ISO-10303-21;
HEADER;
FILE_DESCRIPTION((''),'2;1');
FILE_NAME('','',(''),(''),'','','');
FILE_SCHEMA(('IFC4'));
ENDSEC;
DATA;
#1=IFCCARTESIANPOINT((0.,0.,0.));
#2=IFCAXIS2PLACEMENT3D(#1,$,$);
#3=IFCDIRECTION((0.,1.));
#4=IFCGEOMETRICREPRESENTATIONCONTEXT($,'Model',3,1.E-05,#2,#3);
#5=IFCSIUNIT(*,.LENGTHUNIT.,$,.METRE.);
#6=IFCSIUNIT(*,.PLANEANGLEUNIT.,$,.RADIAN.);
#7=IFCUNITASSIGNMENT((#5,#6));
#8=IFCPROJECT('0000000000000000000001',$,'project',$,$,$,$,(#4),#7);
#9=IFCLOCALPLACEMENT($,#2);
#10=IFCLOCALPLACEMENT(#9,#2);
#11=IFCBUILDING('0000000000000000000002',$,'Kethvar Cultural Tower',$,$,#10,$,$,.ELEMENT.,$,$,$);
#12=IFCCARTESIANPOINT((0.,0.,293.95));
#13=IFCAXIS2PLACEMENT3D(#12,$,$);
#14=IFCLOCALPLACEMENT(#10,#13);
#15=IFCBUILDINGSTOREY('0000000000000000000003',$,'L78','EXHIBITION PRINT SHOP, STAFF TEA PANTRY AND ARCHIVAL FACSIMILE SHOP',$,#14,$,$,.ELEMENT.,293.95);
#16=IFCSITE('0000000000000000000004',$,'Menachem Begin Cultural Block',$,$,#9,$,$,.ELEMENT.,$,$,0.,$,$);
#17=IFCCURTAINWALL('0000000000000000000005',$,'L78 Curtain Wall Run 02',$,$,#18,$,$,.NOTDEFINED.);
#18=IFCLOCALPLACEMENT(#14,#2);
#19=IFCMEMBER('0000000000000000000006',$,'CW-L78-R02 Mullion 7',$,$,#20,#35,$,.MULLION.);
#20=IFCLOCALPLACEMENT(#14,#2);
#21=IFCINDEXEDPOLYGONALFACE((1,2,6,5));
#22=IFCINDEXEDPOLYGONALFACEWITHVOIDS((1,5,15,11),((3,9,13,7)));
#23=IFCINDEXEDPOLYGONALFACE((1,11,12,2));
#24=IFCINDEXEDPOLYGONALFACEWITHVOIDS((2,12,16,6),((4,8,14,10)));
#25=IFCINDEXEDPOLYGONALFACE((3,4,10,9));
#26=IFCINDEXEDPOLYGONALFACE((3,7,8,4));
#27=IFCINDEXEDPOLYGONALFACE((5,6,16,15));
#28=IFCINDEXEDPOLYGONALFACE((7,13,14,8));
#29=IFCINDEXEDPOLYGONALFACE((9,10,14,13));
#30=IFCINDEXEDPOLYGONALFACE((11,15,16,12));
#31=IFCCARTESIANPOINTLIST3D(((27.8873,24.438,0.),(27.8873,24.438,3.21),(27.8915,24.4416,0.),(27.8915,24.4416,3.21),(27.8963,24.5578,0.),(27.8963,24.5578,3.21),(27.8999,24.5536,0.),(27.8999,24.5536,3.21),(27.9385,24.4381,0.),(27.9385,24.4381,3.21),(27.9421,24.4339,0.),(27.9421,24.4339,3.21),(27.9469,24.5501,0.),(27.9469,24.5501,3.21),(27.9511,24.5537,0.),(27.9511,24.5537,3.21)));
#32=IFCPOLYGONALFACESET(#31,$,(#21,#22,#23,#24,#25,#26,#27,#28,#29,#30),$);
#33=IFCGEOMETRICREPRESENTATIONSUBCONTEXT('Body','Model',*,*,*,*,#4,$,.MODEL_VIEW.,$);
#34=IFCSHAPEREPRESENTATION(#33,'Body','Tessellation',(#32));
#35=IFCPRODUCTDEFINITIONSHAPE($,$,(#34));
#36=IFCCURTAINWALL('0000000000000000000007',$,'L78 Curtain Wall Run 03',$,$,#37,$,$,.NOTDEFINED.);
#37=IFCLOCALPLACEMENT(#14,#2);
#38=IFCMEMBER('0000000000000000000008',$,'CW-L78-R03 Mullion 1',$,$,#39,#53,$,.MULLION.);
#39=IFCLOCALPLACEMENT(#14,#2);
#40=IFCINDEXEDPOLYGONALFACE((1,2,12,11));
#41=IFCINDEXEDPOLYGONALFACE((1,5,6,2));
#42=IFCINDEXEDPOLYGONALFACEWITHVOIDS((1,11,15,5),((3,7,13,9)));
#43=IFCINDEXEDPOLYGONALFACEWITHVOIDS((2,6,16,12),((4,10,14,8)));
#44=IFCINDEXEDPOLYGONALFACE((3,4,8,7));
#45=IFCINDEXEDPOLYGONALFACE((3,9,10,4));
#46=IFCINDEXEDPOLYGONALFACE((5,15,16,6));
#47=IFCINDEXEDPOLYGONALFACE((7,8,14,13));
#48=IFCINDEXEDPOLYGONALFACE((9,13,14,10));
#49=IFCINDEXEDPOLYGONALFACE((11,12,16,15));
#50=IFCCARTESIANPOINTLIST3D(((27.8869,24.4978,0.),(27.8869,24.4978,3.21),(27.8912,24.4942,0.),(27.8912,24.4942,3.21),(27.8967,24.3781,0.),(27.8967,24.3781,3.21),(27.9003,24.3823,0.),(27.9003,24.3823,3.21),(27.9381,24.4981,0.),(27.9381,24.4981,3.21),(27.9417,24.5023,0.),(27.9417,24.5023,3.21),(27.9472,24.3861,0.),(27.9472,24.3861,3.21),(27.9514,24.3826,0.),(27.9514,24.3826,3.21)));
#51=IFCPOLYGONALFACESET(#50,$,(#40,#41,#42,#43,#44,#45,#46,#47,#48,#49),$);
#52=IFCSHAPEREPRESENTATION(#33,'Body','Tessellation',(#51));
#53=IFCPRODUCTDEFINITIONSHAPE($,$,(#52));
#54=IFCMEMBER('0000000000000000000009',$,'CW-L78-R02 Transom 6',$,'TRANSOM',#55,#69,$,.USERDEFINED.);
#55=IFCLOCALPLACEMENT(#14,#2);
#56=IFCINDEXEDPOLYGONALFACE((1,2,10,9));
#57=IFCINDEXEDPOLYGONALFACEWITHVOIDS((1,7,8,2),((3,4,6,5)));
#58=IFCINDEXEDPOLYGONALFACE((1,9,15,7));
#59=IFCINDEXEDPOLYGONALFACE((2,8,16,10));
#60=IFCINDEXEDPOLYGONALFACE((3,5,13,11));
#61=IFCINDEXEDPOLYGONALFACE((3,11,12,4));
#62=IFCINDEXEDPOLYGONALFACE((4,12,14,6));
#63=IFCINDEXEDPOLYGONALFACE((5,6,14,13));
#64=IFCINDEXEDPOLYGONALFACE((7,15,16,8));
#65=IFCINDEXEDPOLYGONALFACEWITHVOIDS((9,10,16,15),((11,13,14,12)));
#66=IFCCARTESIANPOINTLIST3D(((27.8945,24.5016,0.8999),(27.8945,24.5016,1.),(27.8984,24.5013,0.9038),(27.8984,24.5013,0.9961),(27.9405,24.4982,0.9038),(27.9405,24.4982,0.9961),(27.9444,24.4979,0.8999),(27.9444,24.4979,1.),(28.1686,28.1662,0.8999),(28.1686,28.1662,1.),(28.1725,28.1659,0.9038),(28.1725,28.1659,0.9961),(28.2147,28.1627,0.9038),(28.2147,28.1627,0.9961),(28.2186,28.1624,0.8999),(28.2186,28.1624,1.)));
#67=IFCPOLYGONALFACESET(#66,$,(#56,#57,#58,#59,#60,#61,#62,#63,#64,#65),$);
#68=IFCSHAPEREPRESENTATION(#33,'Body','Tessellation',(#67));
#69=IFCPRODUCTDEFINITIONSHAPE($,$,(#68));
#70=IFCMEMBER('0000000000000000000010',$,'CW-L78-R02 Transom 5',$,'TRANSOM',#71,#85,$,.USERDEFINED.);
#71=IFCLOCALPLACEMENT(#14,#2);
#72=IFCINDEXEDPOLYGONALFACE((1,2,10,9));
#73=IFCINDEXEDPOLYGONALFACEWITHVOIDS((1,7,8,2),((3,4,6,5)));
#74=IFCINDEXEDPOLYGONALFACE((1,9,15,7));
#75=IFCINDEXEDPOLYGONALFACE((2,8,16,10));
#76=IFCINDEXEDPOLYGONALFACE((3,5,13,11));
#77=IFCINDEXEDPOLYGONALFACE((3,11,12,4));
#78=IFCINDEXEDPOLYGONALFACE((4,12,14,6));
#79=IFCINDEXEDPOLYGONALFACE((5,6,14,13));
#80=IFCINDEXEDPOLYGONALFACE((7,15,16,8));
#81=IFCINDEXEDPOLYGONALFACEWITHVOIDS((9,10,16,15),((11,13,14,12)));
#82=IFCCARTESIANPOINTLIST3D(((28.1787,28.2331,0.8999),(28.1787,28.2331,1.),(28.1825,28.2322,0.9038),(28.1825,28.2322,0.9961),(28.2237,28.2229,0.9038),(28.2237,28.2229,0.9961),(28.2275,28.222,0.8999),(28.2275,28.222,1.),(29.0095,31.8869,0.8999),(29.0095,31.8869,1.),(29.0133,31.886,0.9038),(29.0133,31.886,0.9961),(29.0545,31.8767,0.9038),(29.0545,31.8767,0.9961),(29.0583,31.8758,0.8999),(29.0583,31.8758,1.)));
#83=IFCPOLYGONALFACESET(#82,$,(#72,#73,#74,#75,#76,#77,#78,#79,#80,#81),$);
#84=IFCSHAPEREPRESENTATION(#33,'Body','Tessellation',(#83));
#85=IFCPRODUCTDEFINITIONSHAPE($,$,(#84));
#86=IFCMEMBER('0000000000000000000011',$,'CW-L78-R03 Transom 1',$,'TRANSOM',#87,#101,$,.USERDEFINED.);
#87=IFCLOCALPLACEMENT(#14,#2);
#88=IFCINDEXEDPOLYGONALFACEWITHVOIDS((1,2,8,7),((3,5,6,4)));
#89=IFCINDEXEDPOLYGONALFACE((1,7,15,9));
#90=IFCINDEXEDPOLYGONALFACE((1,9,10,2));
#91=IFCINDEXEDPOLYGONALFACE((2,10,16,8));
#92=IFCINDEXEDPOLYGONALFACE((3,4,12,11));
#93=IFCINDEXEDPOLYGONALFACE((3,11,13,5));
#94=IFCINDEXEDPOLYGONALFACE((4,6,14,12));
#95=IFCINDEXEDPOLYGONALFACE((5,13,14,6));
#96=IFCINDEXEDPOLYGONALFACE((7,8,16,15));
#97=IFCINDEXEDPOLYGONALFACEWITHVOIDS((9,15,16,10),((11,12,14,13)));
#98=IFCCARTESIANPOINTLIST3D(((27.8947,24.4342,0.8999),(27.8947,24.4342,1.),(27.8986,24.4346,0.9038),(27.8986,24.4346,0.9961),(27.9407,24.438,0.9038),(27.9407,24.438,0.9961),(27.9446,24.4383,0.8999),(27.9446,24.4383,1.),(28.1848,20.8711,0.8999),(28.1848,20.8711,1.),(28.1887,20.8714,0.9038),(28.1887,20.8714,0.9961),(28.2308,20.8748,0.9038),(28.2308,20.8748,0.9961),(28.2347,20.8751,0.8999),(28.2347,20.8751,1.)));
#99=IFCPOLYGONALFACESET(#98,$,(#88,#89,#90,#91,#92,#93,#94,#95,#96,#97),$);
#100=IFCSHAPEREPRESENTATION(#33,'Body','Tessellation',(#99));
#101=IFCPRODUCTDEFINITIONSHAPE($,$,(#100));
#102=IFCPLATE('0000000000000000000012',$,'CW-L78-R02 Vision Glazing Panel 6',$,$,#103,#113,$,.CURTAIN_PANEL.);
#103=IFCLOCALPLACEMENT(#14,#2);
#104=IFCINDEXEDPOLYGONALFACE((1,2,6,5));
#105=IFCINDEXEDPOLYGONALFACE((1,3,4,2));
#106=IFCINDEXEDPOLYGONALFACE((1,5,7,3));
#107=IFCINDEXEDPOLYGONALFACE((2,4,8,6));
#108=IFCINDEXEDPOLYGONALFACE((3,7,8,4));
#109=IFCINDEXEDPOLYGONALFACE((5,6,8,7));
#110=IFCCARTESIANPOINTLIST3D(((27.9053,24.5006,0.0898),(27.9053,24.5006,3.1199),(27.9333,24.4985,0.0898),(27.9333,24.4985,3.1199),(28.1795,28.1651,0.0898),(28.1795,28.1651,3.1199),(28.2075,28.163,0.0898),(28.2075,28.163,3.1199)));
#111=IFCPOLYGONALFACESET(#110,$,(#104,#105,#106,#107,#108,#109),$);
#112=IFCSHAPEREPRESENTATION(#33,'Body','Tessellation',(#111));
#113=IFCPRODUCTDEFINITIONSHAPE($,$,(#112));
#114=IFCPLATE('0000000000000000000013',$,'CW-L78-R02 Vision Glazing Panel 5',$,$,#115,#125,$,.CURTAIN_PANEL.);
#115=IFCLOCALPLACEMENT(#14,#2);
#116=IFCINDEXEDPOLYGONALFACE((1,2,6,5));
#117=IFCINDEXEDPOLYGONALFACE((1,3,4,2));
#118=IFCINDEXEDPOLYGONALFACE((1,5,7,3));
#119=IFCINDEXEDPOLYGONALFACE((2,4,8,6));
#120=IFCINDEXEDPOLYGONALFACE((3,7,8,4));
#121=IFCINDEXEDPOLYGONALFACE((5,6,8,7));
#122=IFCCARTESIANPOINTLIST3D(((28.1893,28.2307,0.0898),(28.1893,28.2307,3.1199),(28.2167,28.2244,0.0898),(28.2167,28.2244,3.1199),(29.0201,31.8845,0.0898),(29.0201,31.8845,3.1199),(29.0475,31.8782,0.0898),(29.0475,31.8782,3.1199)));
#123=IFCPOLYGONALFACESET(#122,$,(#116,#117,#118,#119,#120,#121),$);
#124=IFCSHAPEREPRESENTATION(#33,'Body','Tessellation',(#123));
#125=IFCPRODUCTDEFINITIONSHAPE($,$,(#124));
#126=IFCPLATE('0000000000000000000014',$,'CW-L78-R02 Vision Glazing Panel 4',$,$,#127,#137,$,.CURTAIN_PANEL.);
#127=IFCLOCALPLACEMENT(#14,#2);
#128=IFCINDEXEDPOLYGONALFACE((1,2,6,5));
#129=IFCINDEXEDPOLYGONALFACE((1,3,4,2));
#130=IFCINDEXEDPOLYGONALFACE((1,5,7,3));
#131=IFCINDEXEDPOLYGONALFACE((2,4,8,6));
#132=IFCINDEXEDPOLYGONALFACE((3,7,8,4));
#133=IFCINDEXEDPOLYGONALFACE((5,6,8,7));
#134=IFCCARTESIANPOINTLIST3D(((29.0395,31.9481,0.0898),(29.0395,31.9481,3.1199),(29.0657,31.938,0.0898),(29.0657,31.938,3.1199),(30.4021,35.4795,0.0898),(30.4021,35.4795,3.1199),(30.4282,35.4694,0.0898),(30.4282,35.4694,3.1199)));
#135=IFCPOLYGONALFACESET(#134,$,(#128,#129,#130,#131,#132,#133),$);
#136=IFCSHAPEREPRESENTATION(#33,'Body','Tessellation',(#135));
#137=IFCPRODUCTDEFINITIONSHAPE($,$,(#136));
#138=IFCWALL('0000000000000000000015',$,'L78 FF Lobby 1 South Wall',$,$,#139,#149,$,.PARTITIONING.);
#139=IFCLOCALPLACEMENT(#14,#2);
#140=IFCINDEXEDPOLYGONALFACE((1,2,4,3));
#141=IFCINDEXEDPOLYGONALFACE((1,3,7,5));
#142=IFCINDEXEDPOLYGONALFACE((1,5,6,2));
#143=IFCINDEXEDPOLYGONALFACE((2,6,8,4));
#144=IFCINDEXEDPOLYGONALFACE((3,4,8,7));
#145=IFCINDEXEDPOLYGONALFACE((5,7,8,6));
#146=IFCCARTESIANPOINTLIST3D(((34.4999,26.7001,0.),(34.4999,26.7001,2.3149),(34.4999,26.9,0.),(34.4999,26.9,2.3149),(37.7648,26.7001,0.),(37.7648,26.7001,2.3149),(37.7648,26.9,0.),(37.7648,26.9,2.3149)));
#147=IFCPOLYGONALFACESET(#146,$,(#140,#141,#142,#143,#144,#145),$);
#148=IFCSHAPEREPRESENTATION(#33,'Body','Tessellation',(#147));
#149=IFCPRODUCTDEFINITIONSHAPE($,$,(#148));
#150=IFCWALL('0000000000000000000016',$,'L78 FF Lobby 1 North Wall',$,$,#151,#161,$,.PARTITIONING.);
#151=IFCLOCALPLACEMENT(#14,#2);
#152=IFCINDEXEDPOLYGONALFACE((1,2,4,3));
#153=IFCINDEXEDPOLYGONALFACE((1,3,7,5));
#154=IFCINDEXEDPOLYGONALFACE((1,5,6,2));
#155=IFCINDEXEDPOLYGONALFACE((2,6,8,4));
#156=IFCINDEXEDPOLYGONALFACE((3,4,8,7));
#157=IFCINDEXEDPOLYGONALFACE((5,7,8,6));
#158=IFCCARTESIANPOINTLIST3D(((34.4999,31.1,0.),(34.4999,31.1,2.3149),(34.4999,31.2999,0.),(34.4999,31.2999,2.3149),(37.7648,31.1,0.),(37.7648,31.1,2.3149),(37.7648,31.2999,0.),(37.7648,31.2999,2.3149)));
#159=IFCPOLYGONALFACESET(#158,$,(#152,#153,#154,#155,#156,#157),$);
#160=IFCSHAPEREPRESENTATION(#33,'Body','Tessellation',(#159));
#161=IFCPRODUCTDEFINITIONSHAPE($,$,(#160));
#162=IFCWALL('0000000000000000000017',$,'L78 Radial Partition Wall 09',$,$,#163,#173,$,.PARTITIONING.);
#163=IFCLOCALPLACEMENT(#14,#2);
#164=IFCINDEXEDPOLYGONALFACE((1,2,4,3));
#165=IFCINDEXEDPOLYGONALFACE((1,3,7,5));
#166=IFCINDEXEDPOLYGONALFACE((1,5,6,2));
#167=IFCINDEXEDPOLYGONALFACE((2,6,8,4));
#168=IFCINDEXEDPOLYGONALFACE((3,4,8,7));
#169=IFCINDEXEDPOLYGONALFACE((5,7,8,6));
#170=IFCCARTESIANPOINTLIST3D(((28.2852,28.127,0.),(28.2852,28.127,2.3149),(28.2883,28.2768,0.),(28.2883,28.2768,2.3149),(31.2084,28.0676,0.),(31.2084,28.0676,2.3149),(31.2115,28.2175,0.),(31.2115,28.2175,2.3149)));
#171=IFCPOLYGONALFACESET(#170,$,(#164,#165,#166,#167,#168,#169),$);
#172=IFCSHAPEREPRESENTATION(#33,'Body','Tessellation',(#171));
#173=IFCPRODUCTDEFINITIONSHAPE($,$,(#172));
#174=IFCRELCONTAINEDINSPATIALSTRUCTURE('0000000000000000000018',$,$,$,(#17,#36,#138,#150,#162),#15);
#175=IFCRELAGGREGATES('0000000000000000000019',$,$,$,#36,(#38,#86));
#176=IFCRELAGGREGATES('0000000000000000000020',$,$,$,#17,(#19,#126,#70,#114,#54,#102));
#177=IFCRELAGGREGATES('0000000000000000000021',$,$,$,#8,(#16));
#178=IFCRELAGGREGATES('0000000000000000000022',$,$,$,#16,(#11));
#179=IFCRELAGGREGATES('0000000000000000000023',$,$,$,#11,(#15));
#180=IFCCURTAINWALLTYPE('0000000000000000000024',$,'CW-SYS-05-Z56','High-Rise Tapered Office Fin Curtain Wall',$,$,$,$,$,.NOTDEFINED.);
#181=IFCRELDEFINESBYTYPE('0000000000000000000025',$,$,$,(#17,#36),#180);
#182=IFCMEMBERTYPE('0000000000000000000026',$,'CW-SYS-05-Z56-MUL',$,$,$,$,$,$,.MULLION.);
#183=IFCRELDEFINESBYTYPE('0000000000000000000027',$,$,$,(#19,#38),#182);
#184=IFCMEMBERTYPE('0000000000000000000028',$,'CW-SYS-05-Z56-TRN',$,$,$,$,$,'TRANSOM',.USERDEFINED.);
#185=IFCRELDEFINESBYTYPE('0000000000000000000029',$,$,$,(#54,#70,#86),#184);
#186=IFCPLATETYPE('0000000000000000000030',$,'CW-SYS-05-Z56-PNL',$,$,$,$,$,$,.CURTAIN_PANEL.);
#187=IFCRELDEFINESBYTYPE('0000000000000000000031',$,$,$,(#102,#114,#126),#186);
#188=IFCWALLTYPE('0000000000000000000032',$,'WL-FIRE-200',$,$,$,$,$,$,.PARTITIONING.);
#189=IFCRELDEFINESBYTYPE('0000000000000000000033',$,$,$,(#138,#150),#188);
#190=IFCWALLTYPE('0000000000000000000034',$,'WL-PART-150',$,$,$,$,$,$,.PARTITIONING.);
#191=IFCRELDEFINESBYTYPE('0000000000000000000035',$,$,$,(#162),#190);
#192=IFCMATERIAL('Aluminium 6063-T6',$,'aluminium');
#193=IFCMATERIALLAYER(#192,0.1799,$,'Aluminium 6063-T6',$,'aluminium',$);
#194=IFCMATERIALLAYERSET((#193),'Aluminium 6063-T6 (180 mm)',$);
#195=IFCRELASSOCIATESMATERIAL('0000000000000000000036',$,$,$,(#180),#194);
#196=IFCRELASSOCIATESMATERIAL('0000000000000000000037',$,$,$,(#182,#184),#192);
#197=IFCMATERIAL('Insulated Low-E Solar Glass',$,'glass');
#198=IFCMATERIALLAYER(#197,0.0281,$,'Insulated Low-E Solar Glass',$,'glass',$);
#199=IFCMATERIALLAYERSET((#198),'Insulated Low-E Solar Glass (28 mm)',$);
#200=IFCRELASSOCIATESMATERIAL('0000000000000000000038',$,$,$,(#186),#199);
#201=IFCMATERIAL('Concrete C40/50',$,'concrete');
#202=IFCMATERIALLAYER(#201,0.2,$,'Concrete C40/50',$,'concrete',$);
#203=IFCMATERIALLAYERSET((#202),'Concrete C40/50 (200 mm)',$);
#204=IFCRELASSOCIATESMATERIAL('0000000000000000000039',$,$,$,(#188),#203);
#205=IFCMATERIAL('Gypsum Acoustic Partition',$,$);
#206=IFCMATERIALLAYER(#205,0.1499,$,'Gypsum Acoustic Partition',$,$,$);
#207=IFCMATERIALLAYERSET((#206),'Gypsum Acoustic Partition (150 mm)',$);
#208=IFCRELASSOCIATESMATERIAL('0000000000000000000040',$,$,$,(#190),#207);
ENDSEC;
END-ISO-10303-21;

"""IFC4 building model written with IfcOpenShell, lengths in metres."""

from ifc_helpers import new_model, si_unit, direction, frame, frame_2d, origin, origin_2d, place, context, subcontext, project, spatial, rectangle, hollow_rectangle, extrude, source, transform, mapped, material, layer, layer_set, material_profile, profile_set, type_object, element, aggregate, save


model = new_model("IFC4")

# Units and contexts
model_context = context("Model", 3, precision=1e-05, world=origin(), true_north=direction((0.0, 1.0)))
body_context = subcontext(model_context, "Body", "Model", "MODEL_VIEW")
ifc_project = project(units=[si_unit("LENGTHUNIT", "METRE"), si_unit("PLANEANGLEUNIT", "RADIAN")], contexts=[model_context])

# Site, building, storey
site_placement = place(None, origin())
site = spatial("IfcSite", under=ifc_project, at=site_placement, Name="Menachem Begin Cultural Block", CompositionType="ELEMENT", RefElevation=0.0)
building_placement = place(site_placement, origin())
building = spatial("IfcBuilding", under=site, at=building_placement, Name="Kethvar Cultural Tower", CompositionType="ELEMENT")
storey_placement = place(building_placement, frame((0.0, 0.0, 293.95)))
storey = spatial("IfcBuildingStorey", under=building, at=storey_placement, Name="L78", Description="EXHIBITION PRINT SHOP, STAFF TEA PANTRY AND ARCHIVAL FACSIMILE SHOP", CompositionType="ELEMENT", Elevation=293.95)

# Curtain wall, member
ifc_material_1 = material(Name="Aluminium 6063-T6", Category="aluminium")
ifc_layer_1 = layer(ifc_material_1, 0.1799, Name="Aluminium 6063-T6", Category="aluminium")
ifc_layer_set_1 = layer_set([ifc_layer_1], Name="Aluminium 6063-T6 (180 mm)")
curtain_wall_type = type_object("IfcCurtainWallType", Name="CW-SYS-05-Z56", Description="High-Rise Tapered Office Fin Curtain Wall", PredefinedType="NOTDEFINED", material=ifc_layer_set_1)
curtain_wall_1_placement = place(storey_placement, origin())
curtain_wall_1 = element("IfcCurtainWall", 1, at=curtain_wall_1_placement, inside=storey, type_object=curtain_wall_type, Name="L78 Curtain Wall Run 02", PredefinedType="NOTDEFINED")
ifc_material_profile_1 = material_profile(ifc_material_1, hollow_rectangle(XDim=0.0549, YDim=0.1201, WallThickness=0.0039, at=origin_2d()), Name="Aluminium 6063-T6 — RHS120x55x4")
ifc_profile_set_1 = profile_set([ifc_material_profile_1], Name="Aluminium 6063-T6 — RHS120x55x4")
member_type_1 = type_object("IfcMemberType", Name="CW-SYS-05-Z56-MUL", PredefinedType="MULLION", material=ifc_profile_set_1)
shared_shape_1 = source(origin(), body_context, "Body", "SweptSolid", [
    extrude(hollow_rectangle(XDim=0.0549, YDim=0.1201, WallThickness=0.0039, at=origin_2d()), origin(), (0.0, 0.0, 1.0), 3.21),
])
member_1_placement = place(storey_placement, frame((27.9192, 24.4958, 0.0), z_axis=(0.0, 0.0, 1.0), x_axis=(0.997213, -0.074613, 0.0)))
member_1 = element("IfcMember", 2, at=member_1_placement, type_object=member_type_1, Name="CW-L78-R02 Mullion 7", PredefinedType="MULLION", context=body_context, shape_type="MappedRepresentation", body=[
    mapped(shared_shape_1, transform((0.0, 0.0, 0.0), scale=1.0)),
])

# Curtain wall, member
curtain_wall_2_placement = place(storey_placement, origin())
curtain_wall_2 = element("IfcCurtainWall", 3, at=curtain_wall_2_placement, inside=storey, type_object=curtain_wall_type, Name="L78 Curtain Wall Run 03", PredefinedType="NOTDEFINED")
member_2_placement = place(storey_placement, frame((27.9192, 24.4402, 0.0), z_axis=(0.0, 0.0, 1.0), x_axis=(0.996701, 0.081156, 0.0)))
member_2 = element("IfcMember", 4, at=member_2_placement, type_object=member_type_1, Name="CW-L78-R03 Mullion 1", PredefinedType="MULLION", context=body_context, shape_type="MappedRepresentation", body=[
    mapped(shared_shape_1, transform((0.0, 0.0, 0.0), scale=1.0)),
])

# Members
ifc_material_profile_2 = material_profile(ifc_material_1, hollow_rectangle(XDim=0.05, YDim=0.1001, WallThickness=0.0039, at=origin_2d()), Name="Aluminium 6063-T6 — RHS100x50x4")
ifc_profile_set_2 = profile_set([ifc_material_profile_2], Name="Aluminium 6063-T6 — RHS100x50x4")
member_type_2 = type_object("IfcMemberType", Name="CW-SYS-05-Z56-TRN", ElementType="TRANSOM", PredefinedType="USERDEFINED", material=ifc_profile_set_2)
shared_shape_2 = source(origin(), body_context, "Body", "SweptSolid", [
    extrude(hollow_rectangle(XDim=0.05, YDim=0.1001, WallThickness=0.0039, at=origin_2d()), origin(), (0.0, 0.0, 1.0), 3.6748),
])
member_3_placement = place(storey_placement, frame((28.1936, 28.1643, 0.95), z_axis=(-0.074608, -0.997213, 0.0), x_axis=(0.997213, -0.074608, 0.0)))
member_3 = element("IfcMember", 5, at=member_3_placement, type_object=member_type_2, Name="CW-L78-R02 Transom 6", ObjectType="TRANSOM", PredefinedType="USERDEFINED", context=body_context, shape_type="MappedRepresentation", body=[
    mapped(shared_shape_2, transform((0.0, 0.0, 0.0), scale=1.0)),
])
shared_shape_3 = source(origin(), body_context, "Body", "SweptSolid", [
    extrude(hollow_rectangle(XDim=0.05, YDim=0.1001, WallThickness=0.0039, at=origin_2d()), origin(), (0.0, 0.0, 1.0), 3.7471),
])
member_4_placement = place(storey_placement, frame((29.0339, 31.8813, 0.95), z_axis=(-0.221722, -0.97511, 0.0), x_axis=(0.97511, -0.221722, 0.0)))
member_4 = element("IfcMember", 6, at=member_4_placement, type_object=member_type_2, Name="CW-L78-R02 Transom 5", ObjectType="TRANSOM", PredefinedType="USERDEFINED", context=body_context, shape_type="MappedRepresentation", body=[
    mapped(shared_shape_3, transform((0.0, 0.0, 0.0), scale=1.0)),
])
shared_shape_4 = source(origin(), body_context, "Body", "SweptSolid", [
    extrude(hollow_rectangle(XDim=0.05, YDim=0.1001, WallThickness=0.0039, at=origin_2d()), origin(), (0.0, 0.0, 1.0), 3.575),
])
member_5_placement = place(storey_placement, frame((27.9197, 24.4363, 0.95), z_axis=(0.081129, -0.996704, 0.0), x_axis=(0.996704, 0.081129, 0.0)))
member_5 = element("IfcMember", 7, at=member_5_placement, type_object=member_type_2, Name="CW-L78-R03 Transom 1", ObjectType="TRANSOM", PredefinedType="USERDEFINED", context=body_context, shape_type="MappedRepresentation", body=[
    mapped(shared_shape_4, transform((0.0, 0.0, 0.0), scale=1.0)),
])
aggregate(curtain_wall_2, [member_2, member_5])

# Plates
ifc_material_2 = material(Name="Insulated Low-E Solar Glass", Category="glass")
ifc_layer_2 = layer(ifc_material_2, 0.0281, Name="Insulated Low-E Solar Glass", Category="glass")
ifc_layer_set_2 = layer_set([ifc_layer_2], Name="Insulated Low-E Solar Glass (28 mm)")
plate_type = type_object("IfcPlateType", Name="CW-SYS-05-Z56-PNL", PredefinedType="CURTAIN_PANEL", material=ifc_layer_set_2)
shared_shape_5 = source(origin(), body_context, "Body", "SweptSolid", [
    extrude(rectangle(XDim=3.6748, YDim=0.0281, at=origin_2d()), origin(), (0.0, 0.0, 1.0), 3.03),
])
plate_1_placement = place(storey_placement, frame((28.0564, 26.3318, 0.0898), z_axis=(0.0, 0.0, 1.0), x_axis=(-0.074613, -0.997213, 0.0)))
plate_1 = element("IfcPlate", 8, at=plate_1_placement, type_object=plate_type, Name="CW-L78-R02 Vision Glazing Panel 6", PredefinedType="CURTAIN_PANEL", context=body_context, shape_type="MappedRepresentation", body=[
    mapped(shared_shape_5, transform((0.0, 0.0, 0.0), scale=1.0)),
])
shared_shape_6 = source(origin(), body_context, "Body", "SweptSolid", [
    extrude(rectangle(XDim=3.7471, YDim=0.0281, at=origin_2d()), origin(), (0.0, 0.0, 1.0), 3.03),
])
plate_2_placement = place(storey_placement, frame((28.6184, 30.0544, 0.0898), z_axis=(0.0, 0.0, 1.0), x_axis=(-0.221736, -0.975107, 0.0)))
plate_2 = element("IfcPlate", 9, at=plate_2_placement, type_object=plate_type, Name="CW-L78-R02 Vision Glazing Panel 5", PredefinedType="CURTAIN_PANEL", context=body_context, shape_type="MappedRepresentation", body=[
    mapped(shared_shape_6, transform((0.0, 0.0, 0.0), scale=1.0)),
])
shared_shape_7 = source(origin(), body_context, "Body", "SweptSolid", [
    extrude(rectangle(XDim=3.7852, YDim=0.0281, at=origin_2d()), origin(), (0.0, 0.0, 1.0), 3.03),
])
plate_3_placement = place(storey_placement, frame((29.7339, 33.7087, 0.0898), z_axis=(0.0, 0.0, 1.0), x_axis=(-0.359964, -0.932966, 0.0)))
plate_3 = element("IfcPlate", 10, at=plate_3_placement, type_object=plate_type, Name="CW-L78-R02 Vision Glazing Panel 4", PredefinedType="CURTAIN_PANEL", context=body_context, shape_type="MappedRepresentation", body=[
    mapped(shared_shape_7, transform((0.0, 0.0, 0.0), scale=1.0)),
])
aggregate(curtain_wall_1, [member_1, plate_3, member_4, plate_2, member_3, plate_1])

# Shared definitions
ifc_material_3 = material(Name="Concrete C40/50", Category="concrete")
ifc_layer_3 = layer(ifc_material_3, 0.2, Name="Concrete C40/50", Category="concrete")
ifc_layer_set_3 = layer_set([ifc_layer_3], Name="Concrete C40/50 (200 mm)")
wall_type_1 = type_object("IfcWallType", Name="WL-FIRE-200", PredefinedType="PARTITIONING", material=ifc_layer_set_3)

# Walls
for number, where, z_axis, x_axis, name in (
    (11, (34.5, 26.8, 0.0), (0.0, 0.0, 1.0), (1.0, 0.0, 0.0), "L78 FF Lobby 1 South Wall"),
    (12, (34.5, 31.2, 0.0), (0.0, 0.0, 1.0), (1.0, 0.0, 0.0), "L78 FF Lobby 1 North Wall"),
):
    element("IfcWall", number, at=place(storey_placement, frame(where, z_axis=z_axis, x_axis=x_axis)), inside=storey, type_object=wall_type_1, Name=name, PredefinedType="PARTITIONING", context=body_context, shape_type="SweptSolid", body=[
        extrude(rectangle(XDim=3.2649, YDim=0.2, at=frame_2d((1.6323, 0.0))), origin(), (0.0, 0.0, 1.0), 2.3149),
    ])
ifc_material_4 = material(Name="Gypsum Acoustic Partition")
ifc_layer_4 = layer(ifc_material_4, 0.1499, Name="Gypsum Acoustic Partition")
ifc_layer_set_4 = layer_set([ifc_layer_4], Name="Gypsum Acoustic Partition (150 mm)")
wall_type_2 = type_object("IfcWallType", Name="WL-PART-150", PredefinedType="PARTITIONING", material=ifc_layer_set_4)
wall_1_placement = place(storey_placement, frame((31.21, 28.1426, 0.0), z_axis=(0.0, 0.0, 1.0), x_axis=(-0.999794, 0.02029, 0.0)))
element("IfcWall", 13, at=wall_1_placement, inside=storey, type_object=wall_type_2, Name="L78 Radial Partition Wall 09", PredefinedType="PARTITIONING", context=body_context, shape_type="SweptSolid", body=[
    extrude(rectangle(XDim=2.9238, YDim=0.1499, at=frame_2d((1.4619, 0.0))), origin(), (0.0, 0.0, 1.0), 2.3149),
])

save(model, "model.ifc")
